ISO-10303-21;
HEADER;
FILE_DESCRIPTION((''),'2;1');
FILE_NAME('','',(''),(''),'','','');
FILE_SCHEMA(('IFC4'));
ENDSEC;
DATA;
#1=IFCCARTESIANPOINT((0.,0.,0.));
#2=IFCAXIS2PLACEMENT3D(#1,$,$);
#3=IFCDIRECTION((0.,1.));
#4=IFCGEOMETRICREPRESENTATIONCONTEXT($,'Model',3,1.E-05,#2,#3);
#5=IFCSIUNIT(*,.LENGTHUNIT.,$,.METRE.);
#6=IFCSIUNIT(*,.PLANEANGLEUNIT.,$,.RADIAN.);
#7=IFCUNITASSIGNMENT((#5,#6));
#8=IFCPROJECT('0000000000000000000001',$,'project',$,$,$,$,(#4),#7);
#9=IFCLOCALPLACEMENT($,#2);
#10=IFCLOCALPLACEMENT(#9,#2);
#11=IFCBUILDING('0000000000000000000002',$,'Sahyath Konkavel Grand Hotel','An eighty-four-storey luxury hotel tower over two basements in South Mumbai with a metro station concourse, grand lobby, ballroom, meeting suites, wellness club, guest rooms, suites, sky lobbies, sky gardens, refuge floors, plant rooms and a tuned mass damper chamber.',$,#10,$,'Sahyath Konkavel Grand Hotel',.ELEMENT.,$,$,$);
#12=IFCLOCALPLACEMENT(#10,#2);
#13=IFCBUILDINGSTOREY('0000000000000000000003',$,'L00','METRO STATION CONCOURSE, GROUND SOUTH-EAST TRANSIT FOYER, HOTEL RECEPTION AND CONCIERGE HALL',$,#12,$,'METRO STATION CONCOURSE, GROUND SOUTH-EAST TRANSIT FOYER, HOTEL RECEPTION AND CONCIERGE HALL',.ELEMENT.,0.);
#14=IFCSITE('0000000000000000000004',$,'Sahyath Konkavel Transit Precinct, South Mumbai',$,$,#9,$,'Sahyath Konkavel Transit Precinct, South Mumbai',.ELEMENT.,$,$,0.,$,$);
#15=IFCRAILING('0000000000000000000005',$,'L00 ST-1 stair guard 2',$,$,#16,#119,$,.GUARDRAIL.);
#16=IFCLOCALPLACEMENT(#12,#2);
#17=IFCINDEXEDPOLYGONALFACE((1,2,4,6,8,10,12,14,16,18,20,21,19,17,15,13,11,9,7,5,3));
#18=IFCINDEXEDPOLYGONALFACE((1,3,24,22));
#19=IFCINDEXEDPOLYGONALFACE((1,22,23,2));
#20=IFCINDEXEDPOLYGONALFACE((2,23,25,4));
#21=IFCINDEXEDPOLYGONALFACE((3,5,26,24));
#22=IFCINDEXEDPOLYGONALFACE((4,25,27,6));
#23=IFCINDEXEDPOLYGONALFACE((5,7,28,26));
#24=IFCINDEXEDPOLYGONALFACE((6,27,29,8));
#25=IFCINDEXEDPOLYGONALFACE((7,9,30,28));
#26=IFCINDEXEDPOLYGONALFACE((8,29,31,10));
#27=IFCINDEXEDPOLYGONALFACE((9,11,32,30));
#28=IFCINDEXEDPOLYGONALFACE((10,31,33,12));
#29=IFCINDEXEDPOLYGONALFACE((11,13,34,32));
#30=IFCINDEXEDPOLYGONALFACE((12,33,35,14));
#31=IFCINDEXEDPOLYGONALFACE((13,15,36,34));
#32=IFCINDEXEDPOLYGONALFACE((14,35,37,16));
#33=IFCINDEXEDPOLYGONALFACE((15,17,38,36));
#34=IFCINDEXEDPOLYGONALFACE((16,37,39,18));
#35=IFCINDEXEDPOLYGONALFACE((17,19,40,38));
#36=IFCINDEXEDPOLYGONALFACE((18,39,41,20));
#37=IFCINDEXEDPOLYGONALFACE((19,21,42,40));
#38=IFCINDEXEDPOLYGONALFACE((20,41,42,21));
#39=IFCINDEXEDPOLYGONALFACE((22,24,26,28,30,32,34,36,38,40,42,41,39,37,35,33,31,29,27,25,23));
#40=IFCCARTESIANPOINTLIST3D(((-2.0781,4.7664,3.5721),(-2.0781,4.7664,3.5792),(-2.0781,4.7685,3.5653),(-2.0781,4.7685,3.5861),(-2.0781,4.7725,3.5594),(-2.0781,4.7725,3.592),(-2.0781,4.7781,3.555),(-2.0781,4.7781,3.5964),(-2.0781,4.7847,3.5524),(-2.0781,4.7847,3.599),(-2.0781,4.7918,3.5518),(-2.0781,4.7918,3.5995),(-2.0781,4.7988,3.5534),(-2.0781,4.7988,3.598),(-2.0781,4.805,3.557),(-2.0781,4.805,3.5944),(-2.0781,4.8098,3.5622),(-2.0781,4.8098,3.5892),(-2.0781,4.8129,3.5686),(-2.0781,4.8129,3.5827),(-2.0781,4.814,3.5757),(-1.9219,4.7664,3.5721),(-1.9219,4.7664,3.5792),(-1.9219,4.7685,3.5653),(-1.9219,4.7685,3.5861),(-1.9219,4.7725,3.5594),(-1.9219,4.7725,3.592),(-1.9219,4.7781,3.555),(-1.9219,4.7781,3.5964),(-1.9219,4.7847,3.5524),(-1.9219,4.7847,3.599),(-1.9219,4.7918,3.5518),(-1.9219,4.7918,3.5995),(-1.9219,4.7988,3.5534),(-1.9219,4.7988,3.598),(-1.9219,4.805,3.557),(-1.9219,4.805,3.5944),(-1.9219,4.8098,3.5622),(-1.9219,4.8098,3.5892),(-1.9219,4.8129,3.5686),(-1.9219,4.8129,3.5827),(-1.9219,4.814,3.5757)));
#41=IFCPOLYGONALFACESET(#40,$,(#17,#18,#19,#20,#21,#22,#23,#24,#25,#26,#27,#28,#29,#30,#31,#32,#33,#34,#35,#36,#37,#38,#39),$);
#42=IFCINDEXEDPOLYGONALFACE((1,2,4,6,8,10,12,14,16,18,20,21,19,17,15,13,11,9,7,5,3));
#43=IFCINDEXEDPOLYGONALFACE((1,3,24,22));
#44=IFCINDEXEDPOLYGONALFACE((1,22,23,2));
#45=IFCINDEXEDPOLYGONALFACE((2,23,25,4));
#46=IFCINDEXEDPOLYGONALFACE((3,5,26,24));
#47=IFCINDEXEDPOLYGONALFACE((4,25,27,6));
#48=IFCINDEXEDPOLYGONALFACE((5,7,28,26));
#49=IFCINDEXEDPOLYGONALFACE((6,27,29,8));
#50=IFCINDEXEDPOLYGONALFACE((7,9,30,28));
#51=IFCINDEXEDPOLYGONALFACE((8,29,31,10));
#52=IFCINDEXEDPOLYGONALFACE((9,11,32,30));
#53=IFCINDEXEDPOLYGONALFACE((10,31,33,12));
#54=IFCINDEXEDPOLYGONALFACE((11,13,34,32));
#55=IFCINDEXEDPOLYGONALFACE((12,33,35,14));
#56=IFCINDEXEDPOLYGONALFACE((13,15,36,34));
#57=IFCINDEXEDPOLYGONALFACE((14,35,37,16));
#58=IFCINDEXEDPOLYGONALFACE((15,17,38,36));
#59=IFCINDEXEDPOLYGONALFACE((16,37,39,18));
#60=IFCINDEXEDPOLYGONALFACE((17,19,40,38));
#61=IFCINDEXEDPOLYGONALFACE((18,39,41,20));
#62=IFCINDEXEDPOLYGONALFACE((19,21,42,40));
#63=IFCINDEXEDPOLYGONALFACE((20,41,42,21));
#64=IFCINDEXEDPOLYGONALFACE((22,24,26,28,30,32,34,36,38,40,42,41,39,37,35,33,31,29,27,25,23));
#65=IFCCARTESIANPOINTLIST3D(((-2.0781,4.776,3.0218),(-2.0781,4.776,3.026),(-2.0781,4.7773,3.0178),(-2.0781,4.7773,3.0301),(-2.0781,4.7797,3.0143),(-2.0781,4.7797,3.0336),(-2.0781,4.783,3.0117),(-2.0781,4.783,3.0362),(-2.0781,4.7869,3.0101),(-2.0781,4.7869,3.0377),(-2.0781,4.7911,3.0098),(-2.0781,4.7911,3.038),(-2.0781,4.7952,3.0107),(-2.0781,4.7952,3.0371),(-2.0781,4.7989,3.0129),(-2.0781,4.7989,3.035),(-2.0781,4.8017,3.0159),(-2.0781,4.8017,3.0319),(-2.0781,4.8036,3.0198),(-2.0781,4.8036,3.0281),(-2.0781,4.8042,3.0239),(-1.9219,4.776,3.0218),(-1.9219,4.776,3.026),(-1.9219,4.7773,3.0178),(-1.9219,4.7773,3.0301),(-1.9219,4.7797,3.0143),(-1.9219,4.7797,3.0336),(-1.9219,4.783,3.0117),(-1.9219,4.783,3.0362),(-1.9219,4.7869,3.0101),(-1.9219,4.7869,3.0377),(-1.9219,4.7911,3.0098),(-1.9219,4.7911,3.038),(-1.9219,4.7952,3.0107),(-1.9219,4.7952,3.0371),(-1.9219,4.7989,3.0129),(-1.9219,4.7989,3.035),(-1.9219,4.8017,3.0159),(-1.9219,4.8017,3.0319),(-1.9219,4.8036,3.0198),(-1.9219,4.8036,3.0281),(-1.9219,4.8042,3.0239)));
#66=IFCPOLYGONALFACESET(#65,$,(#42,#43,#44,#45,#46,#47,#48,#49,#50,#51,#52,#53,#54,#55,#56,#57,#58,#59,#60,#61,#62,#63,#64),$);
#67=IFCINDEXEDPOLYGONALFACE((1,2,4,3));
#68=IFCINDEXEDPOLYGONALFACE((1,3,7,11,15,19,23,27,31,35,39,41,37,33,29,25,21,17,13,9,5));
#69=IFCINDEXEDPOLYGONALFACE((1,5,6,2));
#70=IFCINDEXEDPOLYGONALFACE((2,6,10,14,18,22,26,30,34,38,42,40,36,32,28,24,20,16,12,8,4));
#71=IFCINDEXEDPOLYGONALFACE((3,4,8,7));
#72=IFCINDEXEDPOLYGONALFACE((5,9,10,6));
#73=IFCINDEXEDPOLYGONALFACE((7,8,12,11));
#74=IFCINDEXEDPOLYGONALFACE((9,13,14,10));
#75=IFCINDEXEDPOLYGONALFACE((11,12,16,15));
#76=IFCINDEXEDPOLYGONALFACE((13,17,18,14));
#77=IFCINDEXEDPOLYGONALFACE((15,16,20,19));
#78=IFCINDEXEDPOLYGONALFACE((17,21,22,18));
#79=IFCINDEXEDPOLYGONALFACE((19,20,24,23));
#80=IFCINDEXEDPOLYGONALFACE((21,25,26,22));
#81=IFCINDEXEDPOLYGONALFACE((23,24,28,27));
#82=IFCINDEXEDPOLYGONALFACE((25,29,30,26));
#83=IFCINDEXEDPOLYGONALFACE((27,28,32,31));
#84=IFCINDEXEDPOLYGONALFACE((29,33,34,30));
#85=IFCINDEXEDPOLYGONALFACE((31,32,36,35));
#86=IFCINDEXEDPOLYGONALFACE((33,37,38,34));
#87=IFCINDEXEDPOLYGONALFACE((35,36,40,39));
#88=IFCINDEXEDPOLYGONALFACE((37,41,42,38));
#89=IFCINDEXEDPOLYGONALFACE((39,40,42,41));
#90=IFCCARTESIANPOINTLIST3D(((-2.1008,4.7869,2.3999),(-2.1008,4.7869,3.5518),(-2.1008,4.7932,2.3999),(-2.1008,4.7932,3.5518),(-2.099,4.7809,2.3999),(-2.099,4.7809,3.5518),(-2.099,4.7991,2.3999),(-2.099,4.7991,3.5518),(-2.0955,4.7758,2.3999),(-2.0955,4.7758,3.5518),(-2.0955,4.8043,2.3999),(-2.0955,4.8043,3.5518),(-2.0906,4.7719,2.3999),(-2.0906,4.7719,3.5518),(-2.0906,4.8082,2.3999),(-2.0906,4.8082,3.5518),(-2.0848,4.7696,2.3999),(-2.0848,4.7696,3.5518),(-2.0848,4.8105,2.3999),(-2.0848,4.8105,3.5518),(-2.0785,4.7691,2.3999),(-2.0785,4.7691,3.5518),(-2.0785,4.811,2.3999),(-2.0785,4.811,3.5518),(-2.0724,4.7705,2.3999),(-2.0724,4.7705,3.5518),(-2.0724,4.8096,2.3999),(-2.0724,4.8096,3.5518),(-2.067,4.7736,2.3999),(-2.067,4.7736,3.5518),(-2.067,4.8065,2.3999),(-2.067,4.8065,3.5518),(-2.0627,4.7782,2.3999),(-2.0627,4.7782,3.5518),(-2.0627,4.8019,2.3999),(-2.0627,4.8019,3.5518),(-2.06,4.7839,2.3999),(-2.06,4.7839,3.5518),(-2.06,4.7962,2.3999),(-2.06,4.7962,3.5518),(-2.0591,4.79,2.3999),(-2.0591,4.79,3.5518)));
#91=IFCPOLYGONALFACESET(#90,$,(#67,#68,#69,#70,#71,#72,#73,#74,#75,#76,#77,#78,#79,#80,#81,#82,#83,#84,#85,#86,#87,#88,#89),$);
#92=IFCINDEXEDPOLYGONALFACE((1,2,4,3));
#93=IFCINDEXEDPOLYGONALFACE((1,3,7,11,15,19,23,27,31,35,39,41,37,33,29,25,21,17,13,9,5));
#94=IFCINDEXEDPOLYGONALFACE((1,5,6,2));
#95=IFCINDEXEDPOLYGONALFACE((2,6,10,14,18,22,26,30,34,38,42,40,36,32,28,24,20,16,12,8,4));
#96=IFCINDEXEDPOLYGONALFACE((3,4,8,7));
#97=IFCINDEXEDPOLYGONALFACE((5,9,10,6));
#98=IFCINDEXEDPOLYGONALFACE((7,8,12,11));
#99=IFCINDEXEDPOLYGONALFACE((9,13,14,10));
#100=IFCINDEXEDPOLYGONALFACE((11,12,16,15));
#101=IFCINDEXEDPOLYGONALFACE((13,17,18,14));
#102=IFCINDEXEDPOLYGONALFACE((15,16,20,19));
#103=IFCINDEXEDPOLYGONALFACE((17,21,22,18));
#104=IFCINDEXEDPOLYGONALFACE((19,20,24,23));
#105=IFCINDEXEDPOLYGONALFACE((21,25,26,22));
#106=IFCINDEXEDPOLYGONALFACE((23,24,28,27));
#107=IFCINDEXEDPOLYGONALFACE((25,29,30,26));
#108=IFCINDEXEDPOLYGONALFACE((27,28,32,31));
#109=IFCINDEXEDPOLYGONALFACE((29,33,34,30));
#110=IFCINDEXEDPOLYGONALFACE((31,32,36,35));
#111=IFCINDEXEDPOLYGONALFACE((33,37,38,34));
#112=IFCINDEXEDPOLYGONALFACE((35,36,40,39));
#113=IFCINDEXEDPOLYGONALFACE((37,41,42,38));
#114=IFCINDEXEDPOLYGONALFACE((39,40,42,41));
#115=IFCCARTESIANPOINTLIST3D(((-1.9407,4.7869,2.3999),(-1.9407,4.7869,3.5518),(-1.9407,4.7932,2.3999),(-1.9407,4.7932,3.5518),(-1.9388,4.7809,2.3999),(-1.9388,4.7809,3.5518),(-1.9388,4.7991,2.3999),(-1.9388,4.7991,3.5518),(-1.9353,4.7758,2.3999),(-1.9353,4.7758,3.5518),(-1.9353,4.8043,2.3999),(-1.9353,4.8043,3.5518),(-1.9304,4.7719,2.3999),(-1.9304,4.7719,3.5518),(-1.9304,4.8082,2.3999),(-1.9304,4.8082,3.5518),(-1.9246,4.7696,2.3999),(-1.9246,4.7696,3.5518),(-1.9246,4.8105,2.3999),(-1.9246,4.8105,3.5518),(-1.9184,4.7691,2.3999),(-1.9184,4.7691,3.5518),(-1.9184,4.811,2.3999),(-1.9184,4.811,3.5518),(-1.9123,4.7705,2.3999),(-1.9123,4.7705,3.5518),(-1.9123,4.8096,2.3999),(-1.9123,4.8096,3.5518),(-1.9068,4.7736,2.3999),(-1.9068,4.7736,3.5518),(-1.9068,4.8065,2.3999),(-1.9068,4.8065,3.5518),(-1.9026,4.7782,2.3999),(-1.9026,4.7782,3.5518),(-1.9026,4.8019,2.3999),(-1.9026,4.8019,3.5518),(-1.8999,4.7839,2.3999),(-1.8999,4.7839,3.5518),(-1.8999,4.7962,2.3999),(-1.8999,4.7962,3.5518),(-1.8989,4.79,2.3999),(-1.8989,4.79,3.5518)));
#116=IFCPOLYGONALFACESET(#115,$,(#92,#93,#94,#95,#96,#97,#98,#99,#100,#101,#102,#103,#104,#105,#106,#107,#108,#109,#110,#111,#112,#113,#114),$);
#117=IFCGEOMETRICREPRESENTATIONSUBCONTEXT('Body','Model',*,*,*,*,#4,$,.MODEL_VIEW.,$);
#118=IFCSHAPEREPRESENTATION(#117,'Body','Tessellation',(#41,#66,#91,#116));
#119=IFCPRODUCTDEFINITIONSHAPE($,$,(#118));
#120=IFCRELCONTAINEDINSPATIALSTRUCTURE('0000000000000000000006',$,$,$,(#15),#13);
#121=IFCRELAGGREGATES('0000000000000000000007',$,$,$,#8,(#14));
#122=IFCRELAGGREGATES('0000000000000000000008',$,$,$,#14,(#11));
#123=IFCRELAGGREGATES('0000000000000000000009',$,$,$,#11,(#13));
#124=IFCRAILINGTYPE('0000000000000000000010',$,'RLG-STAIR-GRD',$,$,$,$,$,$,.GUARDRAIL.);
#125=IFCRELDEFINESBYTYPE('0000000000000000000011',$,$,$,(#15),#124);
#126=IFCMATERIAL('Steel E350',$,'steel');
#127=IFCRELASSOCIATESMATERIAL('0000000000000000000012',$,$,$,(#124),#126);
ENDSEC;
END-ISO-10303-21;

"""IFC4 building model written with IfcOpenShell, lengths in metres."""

from ifc_helpers import new_model, si_unit, direction, frame, origin, origin_2d, place, context, subcontext, project, spatial, circle, extrude, material, type_object, element, save


model = new_model("IFC4")

# Units and contexts
model_context = context("Model", 3, precision=1e-05, world=origin(), true_north=direction((0.0, 1.0)))
body_context = subcontext(model_context, "Body", "Model", "MODEL_VIEW")
ifc_project = project(units=[si_unit("LENGTHUNIT", "METRE"), si_unit("PLANEANGLEUNIT", "RADIAN")], contexts=[model_context])

# Site, building, storey
site_placement = place(None, origin())
site = spatial("IfcSite", under=ifc_project, at=site_placement, Name="Sahyath Konkavel Transit Precinct, South Mumbai", LongName="Sahyath Konkavel Transit Precinct, South Mumbai", CompositionType="ELEMENT", RefElevation=0.0)
building_placement = place(site_placement, origin())
building = spatial("IfcBuilding", under=site, at=building_placement, Name="Sahyath Konkavel Grand Hotel", Description="An eighty-four-storey luxury hotel tower over two basements in South Mumbai with a metro station concourse, grand lobby, ballroom, meeting suites, wellness club, guest rooms, suites, sky lobbies, sky gardens, refuge floors, plant rooms and a tuned mass damper chamber.", LongName="Sahyath Konkavel Grand Hotel", CompositionType="ELEMENT")
storey_placement = place(building_placement, origin())
storey = spatial("IfcBuildingStorey", under=building, at=storey_placement, Name="L00", Description="METRO STATION CONCOURSE, GROUND SOUTH-EAST TRANSIT FOYER, HOTEL RECEPTION AND CONCIERGE HALL", LongName="METRO STATION CONCOURSE, GROUND SOUTH-EAST TRANSIT FOYER, HOTEL RECEPTION AND CONCIERGE HALL", CompositionType="ELEMENT", Elevation=0.0)

# Shared definitions
ifc_material_1 = material(Name="Steel E350", Category="steel")

# Railing
railing_type_1 = type_object("IfcRailingType", Name="RLG-STAIR-GRD", PredefinedType="GUARDRAIL", material=ifc_material_1)
railing_1_placement = place(storey_placement, frame((-2.0801, 4.79, 2.3999)))
element("IfcRailing", 1, at=railing_1_placement, inside=storey, type_object=railing_type_1, Name="L00 ST-1 stair guard 2", PredefinedType="GUARDRAIL", context=body_context, shape_type="SweptSolid", body=[
    extrude(circle(Radius=0.0239, at=origin_2d()), frame((0.002, 0.0, 1.1758), z_axis=(1.0, 0.0, 0.0), x_axis=(0.0, 1.0, 0.0)), (0.0, 0.0, 1.0), 0.1562),
    extrude(circle(Radius=0.0142, at=origin_2d()), frame((0.002, 0.0, 0.624), z_axis=(1.0, 0.0, 0.0), x_axis=(0.0, 1.0, 0.0)), (0.0, 0.0, 1.0), 0.1562),
    extrude(circle(Radius=0.021, at=origin_2d()), origin(), (0.0, 0.0, 1.0), 1.1519),
    extrude(circle(Radius=0.021, at=origin_2d()), frame((0.1602, 0.0, 0.0)), (0.0, 0.0, 1.0), 1.1519),
])

save(model, "model.ifc")
